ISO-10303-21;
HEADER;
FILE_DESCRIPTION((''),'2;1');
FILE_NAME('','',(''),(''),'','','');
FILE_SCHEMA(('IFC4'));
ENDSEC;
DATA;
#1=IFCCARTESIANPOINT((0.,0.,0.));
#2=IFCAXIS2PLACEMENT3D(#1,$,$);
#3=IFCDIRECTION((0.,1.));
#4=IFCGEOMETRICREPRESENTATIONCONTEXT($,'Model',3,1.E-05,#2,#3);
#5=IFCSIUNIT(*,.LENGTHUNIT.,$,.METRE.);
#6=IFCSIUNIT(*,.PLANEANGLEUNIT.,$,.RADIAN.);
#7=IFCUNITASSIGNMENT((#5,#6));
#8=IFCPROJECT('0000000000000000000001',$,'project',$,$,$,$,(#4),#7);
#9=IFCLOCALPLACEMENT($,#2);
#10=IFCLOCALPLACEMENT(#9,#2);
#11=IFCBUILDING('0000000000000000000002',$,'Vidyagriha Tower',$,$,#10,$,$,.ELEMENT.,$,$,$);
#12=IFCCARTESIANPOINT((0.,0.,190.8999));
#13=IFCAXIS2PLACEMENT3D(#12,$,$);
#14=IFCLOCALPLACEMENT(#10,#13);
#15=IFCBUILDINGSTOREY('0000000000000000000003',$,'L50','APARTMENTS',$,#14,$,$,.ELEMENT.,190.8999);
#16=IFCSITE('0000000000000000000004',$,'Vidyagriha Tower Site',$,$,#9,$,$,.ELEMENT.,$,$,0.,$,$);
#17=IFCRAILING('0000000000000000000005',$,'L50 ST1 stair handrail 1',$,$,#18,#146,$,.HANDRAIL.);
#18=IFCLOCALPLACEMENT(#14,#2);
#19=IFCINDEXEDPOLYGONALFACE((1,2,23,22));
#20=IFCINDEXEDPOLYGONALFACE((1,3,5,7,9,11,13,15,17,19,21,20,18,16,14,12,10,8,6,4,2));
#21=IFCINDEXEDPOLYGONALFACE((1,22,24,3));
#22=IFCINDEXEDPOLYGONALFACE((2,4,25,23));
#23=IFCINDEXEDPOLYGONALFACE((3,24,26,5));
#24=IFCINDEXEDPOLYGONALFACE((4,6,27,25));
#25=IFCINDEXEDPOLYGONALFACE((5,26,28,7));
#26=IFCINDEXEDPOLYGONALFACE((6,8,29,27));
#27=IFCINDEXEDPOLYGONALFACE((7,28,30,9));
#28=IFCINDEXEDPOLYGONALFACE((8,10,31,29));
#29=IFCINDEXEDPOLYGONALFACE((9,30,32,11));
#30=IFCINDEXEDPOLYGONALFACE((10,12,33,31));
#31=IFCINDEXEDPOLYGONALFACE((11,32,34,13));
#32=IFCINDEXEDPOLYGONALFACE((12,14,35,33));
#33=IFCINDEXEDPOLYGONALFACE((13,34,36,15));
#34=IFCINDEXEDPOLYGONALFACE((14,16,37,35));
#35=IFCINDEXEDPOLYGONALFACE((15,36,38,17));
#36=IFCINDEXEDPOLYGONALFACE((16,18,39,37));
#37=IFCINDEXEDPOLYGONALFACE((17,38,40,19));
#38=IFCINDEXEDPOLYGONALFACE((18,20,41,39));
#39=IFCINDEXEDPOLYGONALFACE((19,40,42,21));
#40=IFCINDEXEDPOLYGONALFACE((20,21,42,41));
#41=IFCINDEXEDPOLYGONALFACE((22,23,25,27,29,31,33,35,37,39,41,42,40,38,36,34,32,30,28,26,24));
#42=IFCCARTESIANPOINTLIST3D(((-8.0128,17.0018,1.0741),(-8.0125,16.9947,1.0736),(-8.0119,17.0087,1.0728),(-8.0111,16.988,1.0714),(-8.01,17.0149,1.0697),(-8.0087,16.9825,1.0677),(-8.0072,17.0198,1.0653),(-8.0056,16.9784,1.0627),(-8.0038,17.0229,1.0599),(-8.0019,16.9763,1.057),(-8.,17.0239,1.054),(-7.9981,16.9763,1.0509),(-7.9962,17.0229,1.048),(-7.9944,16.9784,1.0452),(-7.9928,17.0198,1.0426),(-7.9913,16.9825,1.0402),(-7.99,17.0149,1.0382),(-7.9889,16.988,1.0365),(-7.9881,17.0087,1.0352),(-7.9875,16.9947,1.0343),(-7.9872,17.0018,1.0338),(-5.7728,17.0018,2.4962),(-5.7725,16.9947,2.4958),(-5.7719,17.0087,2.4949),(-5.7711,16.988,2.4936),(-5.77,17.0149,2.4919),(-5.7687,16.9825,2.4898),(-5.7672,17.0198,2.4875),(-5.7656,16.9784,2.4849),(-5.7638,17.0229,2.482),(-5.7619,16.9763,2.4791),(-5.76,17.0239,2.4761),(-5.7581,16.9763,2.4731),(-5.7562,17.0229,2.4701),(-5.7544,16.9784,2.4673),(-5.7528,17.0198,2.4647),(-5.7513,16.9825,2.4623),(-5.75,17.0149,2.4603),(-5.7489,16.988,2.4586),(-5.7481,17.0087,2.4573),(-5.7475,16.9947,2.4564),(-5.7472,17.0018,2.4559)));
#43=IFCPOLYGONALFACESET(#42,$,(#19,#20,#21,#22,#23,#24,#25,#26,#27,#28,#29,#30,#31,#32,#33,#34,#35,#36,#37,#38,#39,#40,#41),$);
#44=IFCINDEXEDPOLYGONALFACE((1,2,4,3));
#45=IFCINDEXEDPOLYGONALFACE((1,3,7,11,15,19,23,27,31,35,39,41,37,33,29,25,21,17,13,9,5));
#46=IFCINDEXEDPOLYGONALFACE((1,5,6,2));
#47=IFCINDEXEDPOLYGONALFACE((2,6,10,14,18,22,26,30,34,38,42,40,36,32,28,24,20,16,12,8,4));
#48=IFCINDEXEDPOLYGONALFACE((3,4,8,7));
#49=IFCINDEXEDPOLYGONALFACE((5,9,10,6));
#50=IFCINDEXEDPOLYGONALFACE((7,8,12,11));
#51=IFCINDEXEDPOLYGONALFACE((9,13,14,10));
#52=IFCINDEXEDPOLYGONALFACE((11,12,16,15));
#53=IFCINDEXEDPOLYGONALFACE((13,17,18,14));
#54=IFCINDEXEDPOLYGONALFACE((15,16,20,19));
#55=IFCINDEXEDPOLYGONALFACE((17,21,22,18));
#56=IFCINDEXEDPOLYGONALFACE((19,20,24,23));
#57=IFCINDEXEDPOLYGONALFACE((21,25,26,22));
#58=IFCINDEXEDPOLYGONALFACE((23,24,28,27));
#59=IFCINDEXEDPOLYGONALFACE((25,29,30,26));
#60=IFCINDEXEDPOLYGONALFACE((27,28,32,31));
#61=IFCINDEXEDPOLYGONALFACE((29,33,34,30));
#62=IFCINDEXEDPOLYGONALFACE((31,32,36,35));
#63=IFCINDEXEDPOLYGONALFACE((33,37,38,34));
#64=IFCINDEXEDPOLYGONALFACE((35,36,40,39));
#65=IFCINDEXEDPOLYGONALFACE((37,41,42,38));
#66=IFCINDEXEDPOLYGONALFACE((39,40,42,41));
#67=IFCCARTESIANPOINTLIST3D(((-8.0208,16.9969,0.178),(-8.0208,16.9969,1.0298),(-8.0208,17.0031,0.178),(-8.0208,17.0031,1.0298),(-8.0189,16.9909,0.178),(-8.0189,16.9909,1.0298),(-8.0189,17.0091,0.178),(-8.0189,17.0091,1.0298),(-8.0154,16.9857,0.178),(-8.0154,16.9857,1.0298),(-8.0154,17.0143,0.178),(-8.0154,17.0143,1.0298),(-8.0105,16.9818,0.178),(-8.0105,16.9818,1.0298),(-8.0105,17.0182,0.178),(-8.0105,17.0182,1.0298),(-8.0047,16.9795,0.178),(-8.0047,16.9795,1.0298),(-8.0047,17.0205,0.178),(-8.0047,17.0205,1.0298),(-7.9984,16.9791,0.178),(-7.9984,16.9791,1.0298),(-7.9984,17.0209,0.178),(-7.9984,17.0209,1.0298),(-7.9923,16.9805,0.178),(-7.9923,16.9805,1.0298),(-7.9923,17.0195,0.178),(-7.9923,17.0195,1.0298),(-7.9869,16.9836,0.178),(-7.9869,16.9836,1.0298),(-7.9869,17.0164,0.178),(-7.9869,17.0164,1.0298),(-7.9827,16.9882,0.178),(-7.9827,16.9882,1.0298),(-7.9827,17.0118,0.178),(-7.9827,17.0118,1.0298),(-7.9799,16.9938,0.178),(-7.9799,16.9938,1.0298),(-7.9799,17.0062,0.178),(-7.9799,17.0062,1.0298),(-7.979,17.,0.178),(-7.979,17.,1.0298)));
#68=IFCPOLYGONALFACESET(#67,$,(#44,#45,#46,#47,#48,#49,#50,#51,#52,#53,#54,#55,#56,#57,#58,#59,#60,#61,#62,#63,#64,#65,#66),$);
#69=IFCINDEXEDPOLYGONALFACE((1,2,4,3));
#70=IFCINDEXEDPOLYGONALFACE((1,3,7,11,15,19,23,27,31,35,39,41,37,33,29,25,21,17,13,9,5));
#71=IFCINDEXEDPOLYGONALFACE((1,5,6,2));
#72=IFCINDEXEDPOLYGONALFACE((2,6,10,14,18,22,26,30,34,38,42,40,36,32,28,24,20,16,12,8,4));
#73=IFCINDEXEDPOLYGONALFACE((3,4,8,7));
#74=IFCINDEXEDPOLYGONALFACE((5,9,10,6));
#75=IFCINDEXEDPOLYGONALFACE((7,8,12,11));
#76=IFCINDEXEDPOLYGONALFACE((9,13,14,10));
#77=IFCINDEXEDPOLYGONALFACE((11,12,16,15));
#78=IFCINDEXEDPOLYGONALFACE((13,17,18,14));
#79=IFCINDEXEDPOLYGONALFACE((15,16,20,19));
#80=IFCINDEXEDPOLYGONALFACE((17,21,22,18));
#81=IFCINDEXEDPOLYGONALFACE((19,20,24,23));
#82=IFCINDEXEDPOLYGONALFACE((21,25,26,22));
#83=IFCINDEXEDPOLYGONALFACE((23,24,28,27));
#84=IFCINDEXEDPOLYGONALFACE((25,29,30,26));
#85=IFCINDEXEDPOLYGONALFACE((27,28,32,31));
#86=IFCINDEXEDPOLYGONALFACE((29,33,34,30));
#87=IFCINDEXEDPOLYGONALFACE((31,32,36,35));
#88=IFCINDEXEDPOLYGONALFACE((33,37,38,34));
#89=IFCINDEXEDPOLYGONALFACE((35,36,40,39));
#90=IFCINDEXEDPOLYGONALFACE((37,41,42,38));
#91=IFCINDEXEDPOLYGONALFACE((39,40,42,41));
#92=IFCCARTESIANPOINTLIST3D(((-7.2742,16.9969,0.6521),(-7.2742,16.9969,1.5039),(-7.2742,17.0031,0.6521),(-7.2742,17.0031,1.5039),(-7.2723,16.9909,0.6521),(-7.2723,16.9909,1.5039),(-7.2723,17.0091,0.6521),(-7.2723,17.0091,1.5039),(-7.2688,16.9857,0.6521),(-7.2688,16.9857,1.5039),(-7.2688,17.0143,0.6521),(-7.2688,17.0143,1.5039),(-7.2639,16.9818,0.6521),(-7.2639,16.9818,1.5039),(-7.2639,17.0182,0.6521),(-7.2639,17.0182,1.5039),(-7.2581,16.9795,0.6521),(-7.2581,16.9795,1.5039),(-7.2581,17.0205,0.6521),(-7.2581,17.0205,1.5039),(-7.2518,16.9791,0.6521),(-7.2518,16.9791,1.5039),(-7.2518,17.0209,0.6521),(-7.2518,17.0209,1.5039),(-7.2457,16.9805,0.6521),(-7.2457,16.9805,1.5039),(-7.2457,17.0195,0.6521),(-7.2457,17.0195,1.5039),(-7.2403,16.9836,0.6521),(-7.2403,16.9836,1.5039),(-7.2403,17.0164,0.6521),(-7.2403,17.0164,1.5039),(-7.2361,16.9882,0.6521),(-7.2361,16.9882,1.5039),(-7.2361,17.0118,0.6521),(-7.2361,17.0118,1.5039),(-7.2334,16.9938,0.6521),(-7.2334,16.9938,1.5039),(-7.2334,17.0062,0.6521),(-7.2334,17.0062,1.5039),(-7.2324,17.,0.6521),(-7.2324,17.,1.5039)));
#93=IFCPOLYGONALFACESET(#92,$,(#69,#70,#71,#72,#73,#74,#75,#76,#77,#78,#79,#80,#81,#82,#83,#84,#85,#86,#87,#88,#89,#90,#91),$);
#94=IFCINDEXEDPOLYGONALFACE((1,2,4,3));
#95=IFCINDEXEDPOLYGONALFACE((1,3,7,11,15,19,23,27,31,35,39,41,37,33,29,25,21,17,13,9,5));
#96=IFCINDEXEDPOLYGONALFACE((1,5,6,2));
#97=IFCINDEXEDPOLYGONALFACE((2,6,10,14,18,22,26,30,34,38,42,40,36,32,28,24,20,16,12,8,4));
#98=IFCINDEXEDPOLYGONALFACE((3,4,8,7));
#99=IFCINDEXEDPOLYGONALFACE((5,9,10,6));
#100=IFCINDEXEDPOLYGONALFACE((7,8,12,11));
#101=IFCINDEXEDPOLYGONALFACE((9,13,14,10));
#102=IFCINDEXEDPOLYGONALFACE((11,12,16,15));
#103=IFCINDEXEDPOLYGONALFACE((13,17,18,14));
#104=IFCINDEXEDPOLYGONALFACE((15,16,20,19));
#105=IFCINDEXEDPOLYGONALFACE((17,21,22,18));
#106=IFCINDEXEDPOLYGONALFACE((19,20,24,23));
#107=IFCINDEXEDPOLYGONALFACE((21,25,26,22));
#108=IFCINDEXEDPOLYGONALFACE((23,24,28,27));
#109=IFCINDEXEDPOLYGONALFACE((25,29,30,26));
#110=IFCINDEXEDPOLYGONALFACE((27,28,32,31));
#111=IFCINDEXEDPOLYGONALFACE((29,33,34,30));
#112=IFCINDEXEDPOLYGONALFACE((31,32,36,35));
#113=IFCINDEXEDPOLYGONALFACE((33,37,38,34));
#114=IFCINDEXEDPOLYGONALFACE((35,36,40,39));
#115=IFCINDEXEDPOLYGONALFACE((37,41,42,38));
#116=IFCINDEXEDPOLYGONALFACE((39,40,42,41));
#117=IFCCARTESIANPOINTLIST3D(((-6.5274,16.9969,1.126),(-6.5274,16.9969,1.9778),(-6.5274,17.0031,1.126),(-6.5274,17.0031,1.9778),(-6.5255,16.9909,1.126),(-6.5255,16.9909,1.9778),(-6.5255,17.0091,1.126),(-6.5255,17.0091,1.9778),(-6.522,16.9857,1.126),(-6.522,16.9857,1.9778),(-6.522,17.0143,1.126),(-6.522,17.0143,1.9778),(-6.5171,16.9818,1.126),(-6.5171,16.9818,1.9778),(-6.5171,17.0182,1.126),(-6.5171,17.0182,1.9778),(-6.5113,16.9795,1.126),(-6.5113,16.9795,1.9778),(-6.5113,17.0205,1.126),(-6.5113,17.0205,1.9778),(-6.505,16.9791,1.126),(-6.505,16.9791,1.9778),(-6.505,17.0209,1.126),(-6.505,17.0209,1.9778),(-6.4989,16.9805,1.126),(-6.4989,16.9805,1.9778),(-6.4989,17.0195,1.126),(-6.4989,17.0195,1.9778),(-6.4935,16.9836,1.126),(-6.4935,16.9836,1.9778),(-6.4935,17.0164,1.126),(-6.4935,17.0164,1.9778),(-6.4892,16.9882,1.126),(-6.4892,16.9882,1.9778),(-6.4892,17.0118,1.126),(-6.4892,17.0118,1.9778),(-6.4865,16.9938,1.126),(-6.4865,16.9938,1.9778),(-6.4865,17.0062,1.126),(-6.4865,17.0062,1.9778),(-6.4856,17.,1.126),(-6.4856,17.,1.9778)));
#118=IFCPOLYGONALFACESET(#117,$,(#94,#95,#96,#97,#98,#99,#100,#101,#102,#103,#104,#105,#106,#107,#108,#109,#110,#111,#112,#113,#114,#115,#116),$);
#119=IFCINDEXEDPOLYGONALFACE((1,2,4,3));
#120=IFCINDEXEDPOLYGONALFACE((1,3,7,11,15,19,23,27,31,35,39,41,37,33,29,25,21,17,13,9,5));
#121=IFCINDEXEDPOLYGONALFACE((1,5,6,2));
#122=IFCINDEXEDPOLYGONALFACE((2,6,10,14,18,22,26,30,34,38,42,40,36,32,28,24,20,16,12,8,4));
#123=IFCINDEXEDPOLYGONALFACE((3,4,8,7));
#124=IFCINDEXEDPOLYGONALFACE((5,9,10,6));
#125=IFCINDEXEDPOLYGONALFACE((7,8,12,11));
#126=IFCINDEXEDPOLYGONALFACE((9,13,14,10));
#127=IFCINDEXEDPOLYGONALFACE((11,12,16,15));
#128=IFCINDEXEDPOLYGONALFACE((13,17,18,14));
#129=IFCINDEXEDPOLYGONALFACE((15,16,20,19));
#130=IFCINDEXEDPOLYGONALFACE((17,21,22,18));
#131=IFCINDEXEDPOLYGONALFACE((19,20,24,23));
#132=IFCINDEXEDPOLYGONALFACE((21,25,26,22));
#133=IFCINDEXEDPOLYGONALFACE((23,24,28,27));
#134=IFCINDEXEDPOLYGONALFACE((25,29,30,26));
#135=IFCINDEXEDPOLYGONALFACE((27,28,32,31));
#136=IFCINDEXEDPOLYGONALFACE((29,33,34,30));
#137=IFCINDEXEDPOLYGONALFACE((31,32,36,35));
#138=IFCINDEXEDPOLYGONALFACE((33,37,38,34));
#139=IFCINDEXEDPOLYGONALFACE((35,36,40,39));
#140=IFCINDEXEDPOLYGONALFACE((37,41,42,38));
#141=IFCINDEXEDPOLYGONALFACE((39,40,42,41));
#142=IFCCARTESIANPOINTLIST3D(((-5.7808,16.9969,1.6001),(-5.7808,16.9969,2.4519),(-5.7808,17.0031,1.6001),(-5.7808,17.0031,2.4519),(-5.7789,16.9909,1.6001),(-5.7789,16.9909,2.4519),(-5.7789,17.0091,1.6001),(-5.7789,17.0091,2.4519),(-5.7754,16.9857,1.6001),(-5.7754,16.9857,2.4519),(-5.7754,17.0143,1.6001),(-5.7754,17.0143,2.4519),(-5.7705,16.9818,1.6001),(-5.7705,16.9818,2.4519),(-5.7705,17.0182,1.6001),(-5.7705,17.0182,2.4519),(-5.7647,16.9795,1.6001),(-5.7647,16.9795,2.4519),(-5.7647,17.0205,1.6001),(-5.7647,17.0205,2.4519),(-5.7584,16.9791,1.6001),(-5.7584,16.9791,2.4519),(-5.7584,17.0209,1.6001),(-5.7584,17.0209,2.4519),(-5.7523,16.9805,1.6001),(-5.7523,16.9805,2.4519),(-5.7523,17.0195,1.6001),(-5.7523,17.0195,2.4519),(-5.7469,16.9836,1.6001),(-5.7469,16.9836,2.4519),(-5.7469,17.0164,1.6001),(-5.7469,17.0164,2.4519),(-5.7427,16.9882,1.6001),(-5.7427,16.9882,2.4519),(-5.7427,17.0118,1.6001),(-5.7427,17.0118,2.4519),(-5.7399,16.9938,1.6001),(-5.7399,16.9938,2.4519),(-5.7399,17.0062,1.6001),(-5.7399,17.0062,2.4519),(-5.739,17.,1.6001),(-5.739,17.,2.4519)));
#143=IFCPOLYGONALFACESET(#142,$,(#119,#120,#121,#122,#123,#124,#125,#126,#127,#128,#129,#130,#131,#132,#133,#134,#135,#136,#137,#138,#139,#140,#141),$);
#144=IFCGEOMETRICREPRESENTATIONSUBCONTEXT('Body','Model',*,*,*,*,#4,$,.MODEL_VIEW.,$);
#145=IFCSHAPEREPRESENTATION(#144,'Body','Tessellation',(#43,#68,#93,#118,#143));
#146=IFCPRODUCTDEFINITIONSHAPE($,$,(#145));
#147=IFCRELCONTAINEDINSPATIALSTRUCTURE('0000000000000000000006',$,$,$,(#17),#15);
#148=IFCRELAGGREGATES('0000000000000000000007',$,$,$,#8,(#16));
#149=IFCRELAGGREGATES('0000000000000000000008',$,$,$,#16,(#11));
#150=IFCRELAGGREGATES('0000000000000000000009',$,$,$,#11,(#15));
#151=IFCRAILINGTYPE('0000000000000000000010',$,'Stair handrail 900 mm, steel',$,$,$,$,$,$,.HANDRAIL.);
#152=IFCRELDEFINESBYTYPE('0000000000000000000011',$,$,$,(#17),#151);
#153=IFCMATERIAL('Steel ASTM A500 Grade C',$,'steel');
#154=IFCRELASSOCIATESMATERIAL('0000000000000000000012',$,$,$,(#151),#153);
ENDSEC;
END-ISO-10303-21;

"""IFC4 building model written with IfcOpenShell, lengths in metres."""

from ifc_helpers import new_model, si_unit, direction, frame, origin, origin_2d, place, context, subcontext, project, spatial, circle, extrude, material, type_object, element, save


model = new_model("IFC4")

# Units and contexts
model_context = context("Model", 3, precision=1e-05, world=origin(), true_north=direction((0.0, 1.0)))
body_context = subcontext(model_context, "Body", "Model", "MODEL_VIEW")
ifc_project = project(units=[si_unit("LENGTHUNIT", "METRE"), si_unit("PLANEANGLEUNIT", "RADIAN")], contexts=[model_context])

# Site, building, storey
site_placement = place(None, origin())
site = spatial("IfcSite", under=ifc_project, at=site_placement, Name="Vidyagriha Tower Site", CompositionType="ELEMENT", RefElevation=0.0)
building_placement = place(site_placement, origin())
building = spatial("IfcBuilding", under=site, at=building_placement, Name="Vidyagriha Tower", CompositionType="ELEMENT")
storey_placement = place(building_placement, frame((0.0, 0.0, 190.8999)))
storey = spatial("IfcBuildingStorey", under=building, at=storey_placement, Name="L50", Description="APARTMENTS", CompositionType="ELEMENT", Elevation=190.8999)

# Railing
ifc_material_1 = material(Name="Steel ASTM A500 Grade C", Category="steel")
railing_type = type_object("IfcRailingType", Name="Stair handrail 900 mm, steel", PredefinedType="HANDRAIL", material=ifc_material_1)
railing_placement = place(storey_placement, frame((-8.0, 17.0, 0.178)))
element("IfcRailing", 1, at=railing_placement, inside=storey, type_object=railing_type, Name="L50 ST1 stair handrail 1", PredefinedType="HANDRAIL", context=body_context, shape_type="SweptSolid", body=[
    extrude(circle(Radius=0.0239, at=origin_2d()), frame((0.0, 0.0, 0.876), z_axis=(0.844229, 0.0, 0.535982), x_axis=(0.0, 1.0, 0.0)), (0.0, 0.0, 1.0), 2.6533),
    extrude(circle(Radius=0.021, at=origin_2d()), origin(), (0.0, 0.0, 1.0), 0.8518),
    extrude(circle(Radius=0.021, at=origin_2d()), frame((0.7466, 0.0, 0.4741)), (0.0, 0.0, 1.0), 0.8518),
    extrude(circle(Radius=0.021, at=origin_2d()), frame((1.4934, 0.0, 0.948)), (0.0, 0.0, 1.0), 0.8518),
    extrude(circle(Radius=0.021, at=origin_2d()), frame((2.24, 0.0, 1.4221)), (0.0, 0.0, 1.0), 0.8518),
])

save(model, "model.ifc")
